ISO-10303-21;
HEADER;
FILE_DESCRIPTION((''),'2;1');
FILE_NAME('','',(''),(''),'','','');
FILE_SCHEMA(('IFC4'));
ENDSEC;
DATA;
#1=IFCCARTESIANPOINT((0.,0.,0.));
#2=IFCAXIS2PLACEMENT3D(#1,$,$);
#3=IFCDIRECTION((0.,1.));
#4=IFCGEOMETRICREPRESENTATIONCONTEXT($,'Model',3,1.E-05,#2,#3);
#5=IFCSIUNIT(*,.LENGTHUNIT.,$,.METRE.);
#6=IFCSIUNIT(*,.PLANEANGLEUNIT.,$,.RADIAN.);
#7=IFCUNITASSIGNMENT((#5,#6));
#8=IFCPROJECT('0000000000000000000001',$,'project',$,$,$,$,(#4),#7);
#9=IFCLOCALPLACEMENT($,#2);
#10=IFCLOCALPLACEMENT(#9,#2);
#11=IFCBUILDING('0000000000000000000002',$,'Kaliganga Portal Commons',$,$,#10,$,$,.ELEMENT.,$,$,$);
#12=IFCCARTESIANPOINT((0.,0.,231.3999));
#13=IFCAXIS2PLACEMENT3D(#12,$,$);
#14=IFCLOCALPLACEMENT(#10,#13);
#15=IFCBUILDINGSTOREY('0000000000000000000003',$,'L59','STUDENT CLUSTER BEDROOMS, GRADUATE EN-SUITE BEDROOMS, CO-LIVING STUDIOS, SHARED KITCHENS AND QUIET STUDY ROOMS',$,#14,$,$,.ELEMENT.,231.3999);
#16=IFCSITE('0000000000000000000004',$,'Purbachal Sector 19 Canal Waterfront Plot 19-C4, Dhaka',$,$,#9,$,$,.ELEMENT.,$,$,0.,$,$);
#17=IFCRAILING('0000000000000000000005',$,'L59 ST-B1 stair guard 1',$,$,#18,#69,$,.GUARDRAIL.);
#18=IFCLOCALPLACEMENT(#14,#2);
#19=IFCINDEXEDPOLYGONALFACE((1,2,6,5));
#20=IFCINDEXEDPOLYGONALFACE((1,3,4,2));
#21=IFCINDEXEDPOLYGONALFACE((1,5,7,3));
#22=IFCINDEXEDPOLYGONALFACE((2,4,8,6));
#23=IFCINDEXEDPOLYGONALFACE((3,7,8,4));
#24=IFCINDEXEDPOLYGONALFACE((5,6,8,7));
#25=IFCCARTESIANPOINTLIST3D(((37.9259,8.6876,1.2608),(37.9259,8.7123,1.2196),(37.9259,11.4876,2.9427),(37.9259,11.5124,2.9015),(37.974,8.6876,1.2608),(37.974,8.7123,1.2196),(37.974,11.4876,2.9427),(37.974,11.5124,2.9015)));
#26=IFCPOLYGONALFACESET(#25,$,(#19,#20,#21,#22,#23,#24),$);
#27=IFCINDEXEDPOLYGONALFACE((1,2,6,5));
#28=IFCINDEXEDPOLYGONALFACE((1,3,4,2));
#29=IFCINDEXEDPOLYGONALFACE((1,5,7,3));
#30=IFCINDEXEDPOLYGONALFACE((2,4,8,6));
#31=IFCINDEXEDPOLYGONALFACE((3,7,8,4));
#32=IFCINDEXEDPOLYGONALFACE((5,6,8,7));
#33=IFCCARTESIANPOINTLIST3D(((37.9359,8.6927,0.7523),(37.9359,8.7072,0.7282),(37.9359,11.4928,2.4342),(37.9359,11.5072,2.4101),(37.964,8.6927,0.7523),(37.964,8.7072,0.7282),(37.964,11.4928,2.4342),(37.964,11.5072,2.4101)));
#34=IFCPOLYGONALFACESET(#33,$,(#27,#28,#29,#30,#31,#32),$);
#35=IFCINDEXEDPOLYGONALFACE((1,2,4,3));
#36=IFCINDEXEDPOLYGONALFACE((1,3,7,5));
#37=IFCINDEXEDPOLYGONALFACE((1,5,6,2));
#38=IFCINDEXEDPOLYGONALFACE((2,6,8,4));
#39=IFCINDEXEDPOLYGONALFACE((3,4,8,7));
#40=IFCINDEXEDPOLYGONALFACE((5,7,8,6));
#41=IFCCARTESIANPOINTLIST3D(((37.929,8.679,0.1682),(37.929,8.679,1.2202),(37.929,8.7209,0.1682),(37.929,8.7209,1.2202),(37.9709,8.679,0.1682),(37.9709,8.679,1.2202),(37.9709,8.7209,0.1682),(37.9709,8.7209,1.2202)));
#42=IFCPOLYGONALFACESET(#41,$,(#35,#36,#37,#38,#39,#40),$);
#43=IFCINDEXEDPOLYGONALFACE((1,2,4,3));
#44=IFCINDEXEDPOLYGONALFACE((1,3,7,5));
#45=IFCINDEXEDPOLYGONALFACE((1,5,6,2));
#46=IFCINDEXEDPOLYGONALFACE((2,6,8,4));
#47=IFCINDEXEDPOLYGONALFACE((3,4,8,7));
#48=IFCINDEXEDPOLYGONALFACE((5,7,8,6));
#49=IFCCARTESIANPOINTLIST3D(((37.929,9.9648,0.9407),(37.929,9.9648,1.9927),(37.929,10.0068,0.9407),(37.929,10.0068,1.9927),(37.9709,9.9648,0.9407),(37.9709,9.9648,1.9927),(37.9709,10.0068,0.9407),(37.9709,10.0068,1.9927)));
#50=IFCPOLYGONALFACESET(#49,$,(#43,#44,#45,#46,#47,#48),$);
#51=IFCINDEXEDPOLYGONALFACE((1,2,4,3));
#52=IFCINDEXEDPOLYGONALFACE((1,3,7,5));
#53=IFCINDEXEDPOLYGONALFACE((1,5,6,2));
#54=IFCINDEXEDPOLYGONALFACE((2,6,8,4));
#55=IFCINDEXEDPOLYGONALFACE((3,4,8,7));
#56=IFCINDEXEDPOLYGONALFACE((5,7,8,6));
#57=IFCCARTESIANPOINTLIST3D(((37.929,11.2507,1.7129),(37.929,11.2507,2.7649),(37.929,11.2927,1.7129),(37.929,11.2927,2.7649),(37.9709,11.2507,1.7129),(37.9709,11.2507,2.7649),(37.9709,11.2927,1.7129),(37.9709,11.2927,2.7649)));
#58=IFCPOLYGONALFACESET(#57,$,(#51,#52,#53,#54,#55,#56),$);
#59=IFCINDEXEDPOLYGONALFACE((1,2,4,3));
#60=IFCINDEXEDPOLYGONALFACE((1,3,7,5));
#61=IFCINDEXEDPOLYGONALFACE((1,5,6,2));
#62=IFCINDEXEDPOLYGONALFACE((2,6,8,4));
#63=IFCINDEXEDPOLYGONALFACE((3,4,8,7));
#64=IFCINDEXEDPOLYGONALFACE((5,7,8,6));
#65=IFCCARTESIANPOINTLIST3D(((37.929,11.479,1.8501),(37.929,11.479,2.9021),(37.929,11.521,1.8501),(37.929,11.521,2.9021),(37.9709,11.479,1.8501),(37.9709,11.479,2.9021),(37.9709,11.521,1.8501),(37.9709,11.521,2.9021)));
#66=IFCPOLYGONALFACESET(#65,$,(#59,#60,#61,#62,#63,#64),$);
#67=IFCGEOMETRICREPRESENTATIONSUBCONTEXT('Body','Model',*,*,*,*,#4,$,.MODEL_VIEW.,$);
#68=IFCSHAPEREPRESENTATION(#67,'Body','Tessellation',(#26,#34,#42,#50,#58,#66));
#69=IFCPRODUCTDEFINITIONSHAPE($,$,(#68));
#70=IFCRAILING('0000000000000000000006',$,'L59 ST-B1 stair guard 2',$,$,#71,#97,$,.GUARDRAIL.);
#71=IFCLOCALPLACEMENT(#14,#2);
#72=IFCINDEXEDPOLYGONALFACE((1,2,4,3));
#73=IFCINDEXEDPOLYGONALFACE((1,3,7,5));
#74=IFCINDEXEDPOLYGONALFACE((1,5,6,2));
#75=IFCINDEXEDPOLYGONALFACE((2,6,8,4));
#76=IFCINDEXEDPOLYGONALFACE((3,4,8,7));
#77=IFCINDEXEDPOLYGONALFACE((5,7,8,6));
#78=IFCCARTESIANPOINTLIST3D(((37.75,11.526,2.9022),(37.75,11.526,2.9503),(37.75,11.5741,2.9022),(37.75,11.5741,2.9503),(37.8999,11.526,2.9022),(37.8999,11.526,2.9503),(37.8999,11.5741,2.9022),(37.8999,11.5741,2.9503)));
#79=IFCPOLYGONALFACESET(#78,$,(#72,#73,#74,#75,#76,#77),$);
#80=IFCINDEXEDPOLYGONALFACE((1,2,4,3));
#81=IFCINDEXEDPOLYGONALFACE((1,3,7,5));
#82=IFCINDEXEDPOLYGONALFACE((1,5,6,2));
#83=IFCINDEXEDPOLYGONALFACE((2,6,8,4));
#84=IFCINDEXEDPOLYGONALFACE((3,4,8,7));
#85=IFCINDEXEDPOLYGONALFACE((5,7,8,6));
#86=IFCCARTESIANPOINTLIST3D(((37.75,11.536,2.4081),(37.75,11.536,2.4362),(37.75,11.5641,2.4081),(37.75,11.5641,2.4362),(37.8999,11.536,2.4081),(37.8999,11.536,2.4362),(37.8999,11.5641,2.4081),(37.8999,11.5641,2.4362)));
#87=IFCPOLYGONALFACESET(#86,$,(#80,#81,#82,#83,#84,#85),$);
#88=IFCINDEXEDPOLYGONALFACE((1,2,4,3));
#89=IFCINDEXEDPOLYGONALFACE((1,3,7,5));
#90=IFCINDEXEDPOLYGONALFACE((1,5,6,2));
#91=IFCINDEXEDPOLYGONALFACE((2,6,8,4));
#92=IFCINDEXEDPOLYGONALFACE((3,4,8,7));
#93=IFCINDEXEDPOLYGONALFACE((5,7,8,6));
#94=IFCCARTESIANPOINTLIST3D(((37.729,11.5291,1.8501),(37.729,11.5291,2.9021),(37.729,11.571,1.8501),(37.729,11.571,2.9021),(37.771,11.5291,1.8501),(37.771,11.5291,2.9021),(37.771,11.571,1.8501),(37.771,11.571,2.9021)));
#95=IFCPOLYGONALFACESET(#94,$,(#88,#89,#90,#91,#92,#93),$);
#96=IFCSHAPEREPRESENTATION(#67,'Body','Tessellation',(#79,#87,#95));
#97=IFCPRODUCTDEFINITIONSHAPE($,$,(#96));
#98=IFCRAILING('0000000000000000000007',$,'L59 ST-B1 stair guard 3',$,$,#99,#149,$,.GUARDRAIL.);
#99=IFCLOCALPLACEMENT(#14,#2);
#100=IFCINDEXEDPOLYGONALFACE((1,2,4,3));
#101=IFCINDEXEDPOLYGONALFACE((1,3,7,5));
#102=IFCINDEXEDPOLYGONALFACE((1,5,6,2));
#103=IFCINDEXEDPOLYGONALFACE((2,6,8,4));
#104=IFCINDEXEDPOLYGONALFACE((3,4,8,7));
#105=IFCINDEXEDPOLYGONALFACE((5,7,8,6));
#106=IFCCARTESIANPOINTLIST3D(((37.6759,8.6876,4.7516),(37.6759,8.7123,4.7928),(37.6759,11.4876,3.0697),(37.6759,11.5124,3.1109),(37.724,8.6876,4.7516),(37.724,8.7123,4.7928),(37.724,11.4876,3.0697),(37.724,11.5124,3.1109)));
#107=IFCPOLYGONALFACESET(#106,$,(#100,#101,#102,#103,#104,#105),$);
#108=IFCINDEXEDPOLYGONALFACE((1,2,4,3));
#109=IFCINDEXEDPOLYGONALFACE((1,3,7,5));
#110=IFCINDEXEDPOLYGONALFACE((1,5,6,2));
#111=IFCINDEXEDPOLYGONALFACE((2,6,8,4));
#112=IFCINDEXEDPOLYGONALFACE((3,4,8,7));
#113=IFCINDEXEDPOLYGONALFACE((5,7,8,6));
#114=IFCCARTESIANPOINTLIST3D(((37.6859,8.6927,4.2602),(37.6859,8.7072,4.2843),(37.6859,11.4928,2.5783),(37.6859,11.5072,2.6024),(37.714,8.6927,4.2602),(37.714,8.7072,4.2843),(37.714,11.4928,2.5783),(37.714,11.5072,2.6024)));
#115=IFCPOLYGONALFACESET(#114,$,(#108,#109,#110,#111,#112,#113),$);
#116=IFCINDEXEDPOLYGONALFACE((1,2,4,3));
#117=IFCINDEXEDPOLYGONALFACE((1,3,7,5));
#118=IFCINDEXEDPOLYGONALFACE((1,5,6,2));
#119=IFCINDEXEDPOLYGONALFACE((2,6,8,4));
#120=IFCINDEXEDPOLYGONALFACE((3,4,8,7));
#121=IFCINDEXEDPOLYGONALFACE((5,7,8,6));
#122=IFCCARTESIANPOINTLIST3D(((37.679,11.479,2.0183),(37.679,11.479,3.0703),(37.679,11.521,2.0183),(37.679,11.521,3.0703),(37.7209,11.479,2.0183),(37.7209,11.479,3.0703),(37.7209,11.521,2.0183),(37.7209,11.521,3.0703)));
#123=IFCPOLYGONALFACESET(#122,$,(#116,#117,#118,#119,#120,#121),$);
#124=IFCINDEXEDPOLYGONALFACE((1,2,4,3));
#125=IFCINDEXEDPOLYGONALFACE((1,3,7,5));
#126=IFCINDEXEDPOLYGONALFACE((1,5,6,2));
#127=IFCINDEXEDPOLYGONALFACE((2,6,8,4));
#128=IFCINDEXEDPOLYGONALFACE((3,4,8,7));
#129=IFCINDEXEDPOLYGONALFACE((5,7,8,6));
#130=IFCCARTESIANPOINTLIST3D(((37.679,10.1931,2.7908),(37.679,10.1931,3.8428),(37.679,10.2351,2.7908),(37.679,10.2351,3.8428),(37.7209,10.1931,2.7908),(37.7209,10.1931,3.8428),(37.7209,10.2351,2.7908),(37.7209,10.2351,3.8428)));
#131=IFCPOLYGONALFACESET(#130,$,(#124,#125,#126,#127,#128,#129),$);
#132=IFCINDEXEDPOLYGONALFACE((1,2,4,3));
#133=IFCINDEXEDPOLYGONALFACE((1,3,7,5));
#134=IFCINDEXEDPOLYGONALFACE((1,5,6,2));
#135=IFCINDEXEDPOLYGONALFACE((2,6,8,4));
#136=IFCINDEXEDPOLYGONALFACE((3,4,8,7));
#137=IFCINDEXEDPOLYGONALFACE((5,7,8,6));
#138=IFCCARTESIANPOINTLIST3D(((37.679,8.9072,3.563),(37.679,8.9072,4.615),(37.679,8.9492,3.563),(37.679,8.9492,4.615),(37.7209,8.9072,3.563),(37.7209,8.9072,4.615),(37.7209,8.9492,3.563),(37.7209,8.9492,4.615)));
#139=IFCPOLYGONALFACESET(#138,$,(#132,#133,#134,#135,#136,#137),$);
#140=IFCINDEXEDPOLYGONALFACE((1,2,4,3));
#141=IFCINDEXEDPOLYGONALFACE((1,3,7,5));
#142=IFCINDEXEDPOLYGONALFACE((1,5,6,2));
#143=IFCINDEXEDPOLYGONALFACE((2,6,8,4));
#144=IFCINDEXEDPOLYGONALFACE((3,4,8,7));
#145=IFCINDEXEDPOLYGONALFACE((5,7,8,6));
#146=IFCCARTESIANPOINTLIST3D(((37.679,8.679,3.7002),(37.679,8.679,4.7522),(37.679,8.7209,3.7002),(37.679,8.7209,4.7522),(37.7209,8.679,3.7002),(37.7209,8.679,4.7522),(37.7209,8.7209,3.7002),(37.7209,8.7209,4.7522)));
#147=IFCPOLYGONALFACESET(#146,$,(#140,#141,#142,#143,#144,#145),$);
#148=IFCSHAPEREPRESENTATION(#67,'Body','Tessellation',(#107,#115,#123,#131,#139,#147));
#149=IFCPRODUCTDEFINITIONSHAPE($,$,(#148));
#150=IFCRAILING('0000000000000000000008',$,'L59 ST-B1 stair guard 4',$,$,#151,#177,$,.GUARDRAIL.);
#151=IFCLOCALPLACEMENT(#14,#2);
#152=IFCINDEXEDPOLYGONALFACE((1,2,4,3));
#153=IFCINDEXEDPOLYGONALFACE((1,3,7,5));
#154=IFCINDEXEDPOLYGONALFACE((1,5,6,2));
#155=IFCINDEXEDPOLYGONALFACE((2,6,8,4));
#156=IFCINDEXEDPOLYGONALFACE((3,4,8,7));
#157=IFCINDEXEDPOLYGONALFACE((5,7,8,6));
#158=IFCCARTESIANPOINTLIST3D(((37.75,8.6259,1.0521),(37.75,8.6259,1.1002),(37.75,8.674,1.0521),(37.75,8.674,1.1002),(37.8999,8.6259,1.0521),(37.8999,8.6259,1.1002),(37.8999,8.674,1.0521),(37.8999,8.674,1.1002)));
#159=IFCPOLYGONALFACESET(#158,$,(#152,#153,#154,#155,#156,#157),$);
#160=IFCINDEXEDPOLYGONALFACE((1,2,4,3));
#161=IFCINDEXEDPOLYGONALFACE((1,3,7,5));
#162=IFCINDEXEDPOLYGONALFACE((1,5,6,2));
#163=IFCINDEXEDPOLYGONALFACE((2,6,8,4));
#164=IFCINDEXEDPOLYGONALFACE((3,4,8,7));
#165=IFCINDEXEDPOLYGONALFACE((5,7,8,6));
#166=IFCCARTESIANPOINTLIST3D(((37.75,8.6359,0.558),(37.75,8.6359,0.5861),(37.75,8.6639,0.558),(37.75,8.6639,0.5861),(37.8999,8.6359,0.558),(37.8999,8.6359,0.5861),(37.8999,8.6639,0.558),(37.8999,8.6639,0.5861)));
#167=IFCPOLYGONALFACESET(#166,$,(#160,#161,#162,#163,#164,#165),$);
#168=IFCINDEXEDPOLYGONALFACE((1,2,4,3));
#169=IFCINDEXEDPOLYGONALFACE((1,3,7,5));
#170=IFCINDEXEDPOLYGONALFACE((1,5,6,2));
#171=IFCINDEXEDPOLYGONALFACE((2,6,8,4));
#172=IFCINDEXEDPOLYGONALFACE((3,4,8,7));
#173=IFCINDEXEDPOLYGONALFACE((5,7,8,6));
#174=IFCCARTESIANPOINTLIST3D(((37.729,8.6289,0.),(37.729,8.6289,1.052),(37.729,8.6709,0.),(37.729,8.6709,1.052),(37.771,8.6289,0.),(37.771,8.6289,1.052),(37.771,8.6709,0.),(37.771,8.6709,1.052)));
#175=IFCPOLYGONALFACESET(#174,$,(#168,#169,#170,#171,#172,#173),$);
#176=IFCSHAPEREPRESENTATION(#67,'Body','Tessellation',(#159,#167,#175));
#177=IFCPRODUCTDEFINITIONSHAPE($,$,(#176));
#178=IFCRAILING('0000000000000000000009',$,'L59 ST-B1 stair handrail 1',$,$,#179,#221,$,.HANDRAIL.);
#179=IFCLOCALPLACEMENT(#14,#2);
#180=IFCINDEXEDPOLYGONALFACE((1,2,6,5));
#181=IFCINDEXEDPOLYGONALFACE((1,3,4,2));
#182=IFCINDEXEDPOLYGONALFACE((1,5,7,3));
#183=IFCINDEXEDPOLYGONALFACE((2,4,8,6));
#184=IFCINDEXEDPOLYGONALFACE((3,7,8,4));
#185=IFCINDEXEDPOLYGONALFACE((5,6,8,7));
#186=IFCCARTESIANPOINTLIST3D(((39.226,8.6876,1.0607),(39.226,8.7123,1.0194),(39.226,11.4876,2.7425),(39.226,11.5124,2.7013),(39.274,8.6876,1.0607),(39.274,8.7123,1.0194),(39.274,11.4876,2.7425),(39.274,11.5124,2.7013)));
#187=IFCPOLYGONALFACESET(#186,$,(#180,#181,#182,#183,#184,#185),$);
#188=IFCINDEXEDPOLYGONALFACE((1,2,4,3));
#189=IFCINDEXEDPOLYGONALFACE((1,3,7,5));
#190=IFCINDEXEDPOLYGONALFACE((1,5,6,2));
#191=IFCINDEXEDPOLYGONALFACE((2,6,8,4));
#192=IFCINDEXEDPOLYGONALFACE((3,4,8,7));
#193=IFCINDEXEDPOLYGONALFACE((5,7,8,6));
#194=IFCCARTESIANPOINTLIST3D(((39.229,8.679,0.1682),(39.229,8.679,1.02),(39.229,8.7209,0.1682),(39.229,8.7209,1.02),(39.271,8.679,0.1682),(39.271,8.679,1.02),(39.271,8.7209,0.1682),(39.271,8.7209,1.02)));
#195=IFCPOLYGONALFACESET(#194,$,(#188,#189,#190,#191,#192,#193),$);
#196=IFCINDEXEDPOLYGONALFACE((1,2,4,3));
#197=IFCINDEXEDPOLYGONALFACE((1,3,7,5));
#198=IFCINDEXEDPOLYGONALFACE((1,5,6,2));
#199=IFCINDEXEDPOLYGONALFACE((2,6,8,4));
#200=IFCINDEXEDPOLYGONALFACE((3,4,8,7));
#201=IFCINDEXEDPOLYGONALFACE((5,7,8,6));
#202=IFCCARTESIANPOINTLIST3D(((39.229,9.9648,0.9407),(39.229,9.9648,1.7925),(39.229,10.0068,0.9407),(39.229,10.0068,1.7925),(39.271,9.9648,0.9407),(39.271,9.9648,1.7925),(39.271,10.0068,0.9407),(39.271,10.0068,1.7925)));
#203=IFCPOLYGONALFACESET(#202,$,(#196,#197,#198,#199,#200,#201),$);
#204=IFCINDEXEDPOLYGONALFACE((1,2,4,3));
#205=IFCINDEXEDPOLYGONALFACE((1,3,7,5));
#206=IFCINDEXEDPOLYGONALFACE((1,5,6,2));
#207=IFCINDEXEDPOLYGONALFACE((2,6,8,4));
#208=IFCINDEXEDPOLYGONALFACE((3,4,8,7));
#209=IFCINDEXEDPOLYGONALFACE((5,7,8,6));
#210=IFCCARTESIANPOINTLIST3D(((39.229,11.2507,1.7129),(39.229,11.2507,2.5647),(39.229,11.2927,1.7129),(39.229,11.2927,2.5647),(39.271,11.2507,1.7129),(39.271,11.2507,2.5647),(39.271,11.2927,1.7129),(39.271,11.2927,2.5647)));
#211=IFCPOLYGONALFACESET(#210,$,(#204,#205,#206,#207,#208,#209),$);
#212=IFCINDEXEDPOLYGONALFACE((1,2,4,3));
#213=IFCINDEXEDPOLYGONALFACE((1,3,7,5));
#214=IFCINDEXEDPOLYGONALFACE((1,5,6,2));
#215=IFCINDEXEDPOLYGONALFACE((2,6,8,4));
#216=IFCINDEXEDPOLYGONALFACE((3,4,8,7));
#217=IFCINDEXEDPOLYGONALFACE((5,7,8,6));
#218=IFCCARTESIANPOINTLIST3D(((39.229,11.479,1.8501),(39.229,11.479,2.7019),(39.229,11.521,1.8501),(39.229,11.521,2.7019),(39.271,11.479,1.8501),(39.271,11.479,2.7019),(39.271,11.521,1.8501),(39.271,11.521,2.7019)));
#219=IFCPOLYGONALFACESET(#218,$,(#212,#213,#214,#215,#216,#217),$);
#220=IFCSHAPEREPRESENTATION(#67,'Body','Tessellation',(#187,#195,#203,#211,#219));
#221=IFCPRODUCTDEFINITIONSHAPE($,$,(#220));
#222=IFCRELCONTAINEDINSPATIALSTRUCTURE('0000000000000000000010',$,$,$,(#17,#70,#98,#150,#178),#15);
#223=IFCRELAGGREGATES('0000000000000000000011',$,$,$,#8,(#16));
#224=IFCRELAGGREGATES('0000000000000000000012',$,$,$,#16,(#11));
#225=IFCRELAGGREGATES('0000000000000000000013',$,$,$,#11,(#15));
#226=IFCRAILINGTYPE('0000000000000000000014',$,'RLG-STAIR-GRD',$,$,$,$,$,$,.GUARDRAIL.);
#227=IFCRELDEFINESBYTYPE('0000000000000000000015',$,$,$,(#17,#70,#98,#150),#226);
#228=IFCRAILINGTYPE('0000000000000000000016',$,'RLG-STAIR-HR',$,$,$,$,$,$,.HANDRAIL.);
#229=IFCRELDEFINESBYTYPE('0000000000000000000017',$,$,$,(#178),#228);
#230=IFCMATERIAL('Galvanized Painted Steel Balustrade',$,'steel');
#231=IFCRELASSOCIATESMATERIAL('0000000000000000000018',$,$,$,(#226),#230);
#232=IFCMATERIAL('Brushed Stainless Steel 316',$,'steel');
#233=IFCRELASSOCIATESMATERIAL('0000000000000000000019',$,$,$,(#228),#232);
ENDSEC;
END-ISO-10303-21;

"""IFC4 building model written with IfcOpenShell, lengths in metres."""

from ifc_helpers import new_model, si_unit, direction, frame, origin, origin_2d, place, context, subcontext, project, spatial, rectangle, extrude, material, type_object, element, save


model = new_model("IFC4")

# Units and contexts
model_context = context("Model", 3, precision=1e-05, world=origin(), true_north=direction((0.0, 1.0)))
body_context = subcontext(model_context, "Body", "Model", "MODEL_VIEW")
ifc_project = project(units=[si_unit("LENGTHUNIT", "METRE"), si_unit("PLANEANGLEUNIT", "RADIAN")], contexts=[model_context])

# Site, building, storey
site_placement = place(None, origin())
site = spatial("IfcSite", under=ifc_project, at=site_placement, Name="Purbachal Sector 19 Canal Waterfront Plot 19-C4, Dhaka", CompositionType="ELEMENT", RefElevation=0.0)
building_placement = place(site_placement, origin())
building = spatial("IfcBuilding", under=site, at=building_placement, Name="Kaliganga Portal Commons", CompositionType="ELEMENT")
storey_placement = place(building_placement, frame((0.0, 0.0, 231.3999)))
storey = spatial("IfcBuildingStorey", under=building, at=storey_placement, Name="L59", Description="STUDENT CLUSTER BEDROOMS, GRADUATE EN-SUITE BEDROOMS, CO-LIVING STUDIOS, SHARED KITCHENS AND QUIET STUDY ROOMS", CompositionType="ELEMENT", Elevation=231.3999)

# Railings
ifc_material_1 = material(Name="Galvanized Painted Steel Balustrade", Category="steel")
railing_type_1 = type_object("IfcRailingType", Name="RLG-STAIR-GRD", PredefinedType="GUARDRAIL", material=ifc_material_1)
railing_1_placement = place(storey_placement, frame((37.95, 8.7, 0.1682)))
element("IfcRailing", 1, at=railing_1_placement, inside=storey, type_object=railing_type_1, Name="L59 ST-B1 stair guard 1", PredefinedType="GUARDRAIL", context=body_context, shape_type="SweptSolid", body=[
    extrude(rectangle(XDim=0.0481, YDim=0.0481, at=origin_2d()), frame((0.0, 0.0, 1.072), z_axis=(0.0, 0.857242, 0.514913), x_axis=(-1.0, 0.0, 0.0)), (0.0, 0.0, 1.0), 3.2664),
    extrude(rectangle(XDim=0.0281, YDim=0.0281, at=origin_2d()), frame((0.0, 0.0, 0.572), z_axis=(0.0, 0.857242, 0.514913), x_axis=(-1.0, 0.0, 0.0)), (0.0, 0.0, 1.0), 3.2664),
    extrude(rectangle(XDim=0.042, YDim=0.042, at=origin_2d()), origin(), (0.0, 0.0, 1.0), 1.052),
    extrude(rectangle(XDim=0.042, YDim=0.042, at=origin_2d()), frame((0.0, 1.2859, 0.7725)), (0.0, 0.0, 1.0), 1.052),
    extrude(rectangle(XDim=0.042, YDim=0.042, at=origin_2d()), frame((0.0, 2.5718, 1.5447)), (0.0, 0.0, 1.0), 1.052),
    extrude(rectangle(XDim=0.042, YDim=0.042, at=origin_2d()), frame((0.0, 2.8, 1.6819)), (0.0, 0.0, 1.0), 1.052),
])
railing_2_placement = place(storey_placement, frame((37.8999, 11.55, 1.8501)))
element("IfcRailing", 2, at=railing_2_placement, inside=storey, type_object=railing_type_1, Name="L59 ST-B1 stair guard 2", PredefinedType="GUARDRAIL", context=body_context, shape_type="SweptSolid", body=[
    extrude(rectangle(XDim=0.0481, YDim=0.0481, at=origin_2d()), frame((0.0, 0.0, 1.0762), z_axis=(-1.0, 0.0, 0.0), x_axis=(0.0, -1.0, 0.0)), (0.0, 0.0, 1.0), 0.1499),
    extrude(rectangle(XDim=0.0281, YDim=0.0281, at=origin_2d()), frame((0.0, 0.0, 0.572), z_axis=(-1.0, 0.0, 0.0), x_axis=(0.0, -1.0, 0.0)), (0.0, 0.0, 1.0), 0.1499),
    extrude(rectangle(XDim=0.042, YDim=0.042, at=origin_2d()), frame((-0.1499, 0.0, 0.0)), (0.0, 0.0, 1.0), 1.052),
])
railing_3_placement = place(storey_placement, frame((37.7, 11.5, 2.0183)))
element("IfcRailing", 3, at=railing_3_placement, inside=storey, type_object=railing_type_1, Name="L59 ST-B1 stair guard 3", PredefinedType="GUARDRAIL", context=body_context, shape_type="SweptSolid", body=[
    extrude(rectangle(XDim=0.0481, YDim=0.0481, at=origin_2d()), frame((0.0, 0.0, 1.072), z_axis=(0.0, -0.857242, 0.514913), x_axis=(1.0, 0.0, 0.0)), (0.0, 0.0, 1.0), 3.2664),
    extrude(rectangle(XDim=0.0281, YDim=0.0281, at=origin_2d()), frame((0.0, 0.0, 0.572), z_axis=(0.0, -0.857242, 0.514913), x_axis=(1.0, 0.0, 0.0)), (0.0, 0.0, 1.0), 3.2664),
    extrude(rectangle(XDim=0.042, YDim=0.042, at=origin_2d()), origin(), (0.0, 0.0, 1.0), 1.052),
    extrude(rectangle(XDim=0.042, YDim=0.042, at=origin_2d()), frame((0.0, -1.2859, 0.7725)), (0.0, 0.0, 1.0), 1.052),
    extrude(rectangle(XDim=0.042, YDim=0.042, at=origin_2d()), frame((0.0, -2.5718, 1.5447)), (0.0, 0.0, 1.0), 1.052),
    extrude(rectangle(XDim=0.042, YDim=0.042, at=origin_2d()), frame((0.0, -2.8, 1.6819)), (0.0, 0.0, 1.0), 1.052),
])
railing_4_placement = place(storey_placement, frame((37.8999, 8.6499, 0.0)))
element("IfcRailing", 4, at=railing_4_placement, inside=storey, type_object=railing_type_1, Name="L59 ST-B1 stair guard 4", PredefinedType="GUARDRAIL", context=body_context, shape_type="SweptSolid", body=[
    extrude(rectangle(XDim=0.0481, YDim=0.0481, at=origin_2d()), frame((0.0, 0.0, 1.0762), z_axis=(-1.0, 0.0, 0.0), x_axis=(0.0, -1.0, 0.0)), (0.0, 0.0, 1.0), 0.1499),
    extrude(rectangle(XDim=0.0281, YDim=0.0281, at=origin_2d()), frame((0.0, 0.0, 0.572), z_axis=(-1.0, 0.0, 0.0), x_axis=(0.0, -1.0, 0.0)), (0.0, 0.0, 1.0), 0.1499),
    extrude(rectangle(XDim=0.042, YDim=0.042, at=origin_2d()), frame((-0.1499, 0.0, 0.0)), (0.0, 0.0, 1.0), 1.052),
])
ifc_material_2 = material(Name="Brushed Stainless Steel 316", Category="steel")
railing_type_2 = type_object("IfcRailingType", Name="RLG-STAIR-HR", PredefinedType="HANDRAIL", material=ifc_material_2)
railing_5_placement = place(storey_placement, frame((39.25, 8.7, 0.1682)))
element("IfcRailing", 5, at=railing_5_placement, inside=storey, type_object=railing_type_2, Name="L59 ST-B1 stair handrail 1", PredefinedType="HANDRAIL", context=body_context, shape_type="SweptSolid", body=[
    extrude(rectangle(XDim=0.0481, YDim=0.0481, at=origin_2d()), frame((0.0, 0.0, 0.8718), z_axis=(0.0, 0.857242, 0.514913), x_axis=(-1.0, 0.0, 0.0)), (0.0, 0.0, 1.0), 3.2664),
    extrude(rectangle(XDim=0.042, YDim=0.042, at=origin_2d()), origin(), (0.0, 0.0, 1.0), 0.8518),
    extrude(rectangle(XDim=0.042, YDim=0.042, at=origin_2d()), frame((0.0, 1.2859, 0.7725)), (0.0, 0.0, 1.0), 0.8518),
    extrude(rectangle(XDim=0.042, YDim=0.042, at=origin_2d()), frame((0.0, 2.5718, 1.5447)), (0.0, 0.0, 1.0), 0.8518),
    extrude(rectangle(XDim=0.042, YDim=0.042, at=origin_2d()), frame((0.0, 2.8, 1.6819)), (0.0, 0.0, 1.0), 0.8518),
])

save(model, "model.ifc")
